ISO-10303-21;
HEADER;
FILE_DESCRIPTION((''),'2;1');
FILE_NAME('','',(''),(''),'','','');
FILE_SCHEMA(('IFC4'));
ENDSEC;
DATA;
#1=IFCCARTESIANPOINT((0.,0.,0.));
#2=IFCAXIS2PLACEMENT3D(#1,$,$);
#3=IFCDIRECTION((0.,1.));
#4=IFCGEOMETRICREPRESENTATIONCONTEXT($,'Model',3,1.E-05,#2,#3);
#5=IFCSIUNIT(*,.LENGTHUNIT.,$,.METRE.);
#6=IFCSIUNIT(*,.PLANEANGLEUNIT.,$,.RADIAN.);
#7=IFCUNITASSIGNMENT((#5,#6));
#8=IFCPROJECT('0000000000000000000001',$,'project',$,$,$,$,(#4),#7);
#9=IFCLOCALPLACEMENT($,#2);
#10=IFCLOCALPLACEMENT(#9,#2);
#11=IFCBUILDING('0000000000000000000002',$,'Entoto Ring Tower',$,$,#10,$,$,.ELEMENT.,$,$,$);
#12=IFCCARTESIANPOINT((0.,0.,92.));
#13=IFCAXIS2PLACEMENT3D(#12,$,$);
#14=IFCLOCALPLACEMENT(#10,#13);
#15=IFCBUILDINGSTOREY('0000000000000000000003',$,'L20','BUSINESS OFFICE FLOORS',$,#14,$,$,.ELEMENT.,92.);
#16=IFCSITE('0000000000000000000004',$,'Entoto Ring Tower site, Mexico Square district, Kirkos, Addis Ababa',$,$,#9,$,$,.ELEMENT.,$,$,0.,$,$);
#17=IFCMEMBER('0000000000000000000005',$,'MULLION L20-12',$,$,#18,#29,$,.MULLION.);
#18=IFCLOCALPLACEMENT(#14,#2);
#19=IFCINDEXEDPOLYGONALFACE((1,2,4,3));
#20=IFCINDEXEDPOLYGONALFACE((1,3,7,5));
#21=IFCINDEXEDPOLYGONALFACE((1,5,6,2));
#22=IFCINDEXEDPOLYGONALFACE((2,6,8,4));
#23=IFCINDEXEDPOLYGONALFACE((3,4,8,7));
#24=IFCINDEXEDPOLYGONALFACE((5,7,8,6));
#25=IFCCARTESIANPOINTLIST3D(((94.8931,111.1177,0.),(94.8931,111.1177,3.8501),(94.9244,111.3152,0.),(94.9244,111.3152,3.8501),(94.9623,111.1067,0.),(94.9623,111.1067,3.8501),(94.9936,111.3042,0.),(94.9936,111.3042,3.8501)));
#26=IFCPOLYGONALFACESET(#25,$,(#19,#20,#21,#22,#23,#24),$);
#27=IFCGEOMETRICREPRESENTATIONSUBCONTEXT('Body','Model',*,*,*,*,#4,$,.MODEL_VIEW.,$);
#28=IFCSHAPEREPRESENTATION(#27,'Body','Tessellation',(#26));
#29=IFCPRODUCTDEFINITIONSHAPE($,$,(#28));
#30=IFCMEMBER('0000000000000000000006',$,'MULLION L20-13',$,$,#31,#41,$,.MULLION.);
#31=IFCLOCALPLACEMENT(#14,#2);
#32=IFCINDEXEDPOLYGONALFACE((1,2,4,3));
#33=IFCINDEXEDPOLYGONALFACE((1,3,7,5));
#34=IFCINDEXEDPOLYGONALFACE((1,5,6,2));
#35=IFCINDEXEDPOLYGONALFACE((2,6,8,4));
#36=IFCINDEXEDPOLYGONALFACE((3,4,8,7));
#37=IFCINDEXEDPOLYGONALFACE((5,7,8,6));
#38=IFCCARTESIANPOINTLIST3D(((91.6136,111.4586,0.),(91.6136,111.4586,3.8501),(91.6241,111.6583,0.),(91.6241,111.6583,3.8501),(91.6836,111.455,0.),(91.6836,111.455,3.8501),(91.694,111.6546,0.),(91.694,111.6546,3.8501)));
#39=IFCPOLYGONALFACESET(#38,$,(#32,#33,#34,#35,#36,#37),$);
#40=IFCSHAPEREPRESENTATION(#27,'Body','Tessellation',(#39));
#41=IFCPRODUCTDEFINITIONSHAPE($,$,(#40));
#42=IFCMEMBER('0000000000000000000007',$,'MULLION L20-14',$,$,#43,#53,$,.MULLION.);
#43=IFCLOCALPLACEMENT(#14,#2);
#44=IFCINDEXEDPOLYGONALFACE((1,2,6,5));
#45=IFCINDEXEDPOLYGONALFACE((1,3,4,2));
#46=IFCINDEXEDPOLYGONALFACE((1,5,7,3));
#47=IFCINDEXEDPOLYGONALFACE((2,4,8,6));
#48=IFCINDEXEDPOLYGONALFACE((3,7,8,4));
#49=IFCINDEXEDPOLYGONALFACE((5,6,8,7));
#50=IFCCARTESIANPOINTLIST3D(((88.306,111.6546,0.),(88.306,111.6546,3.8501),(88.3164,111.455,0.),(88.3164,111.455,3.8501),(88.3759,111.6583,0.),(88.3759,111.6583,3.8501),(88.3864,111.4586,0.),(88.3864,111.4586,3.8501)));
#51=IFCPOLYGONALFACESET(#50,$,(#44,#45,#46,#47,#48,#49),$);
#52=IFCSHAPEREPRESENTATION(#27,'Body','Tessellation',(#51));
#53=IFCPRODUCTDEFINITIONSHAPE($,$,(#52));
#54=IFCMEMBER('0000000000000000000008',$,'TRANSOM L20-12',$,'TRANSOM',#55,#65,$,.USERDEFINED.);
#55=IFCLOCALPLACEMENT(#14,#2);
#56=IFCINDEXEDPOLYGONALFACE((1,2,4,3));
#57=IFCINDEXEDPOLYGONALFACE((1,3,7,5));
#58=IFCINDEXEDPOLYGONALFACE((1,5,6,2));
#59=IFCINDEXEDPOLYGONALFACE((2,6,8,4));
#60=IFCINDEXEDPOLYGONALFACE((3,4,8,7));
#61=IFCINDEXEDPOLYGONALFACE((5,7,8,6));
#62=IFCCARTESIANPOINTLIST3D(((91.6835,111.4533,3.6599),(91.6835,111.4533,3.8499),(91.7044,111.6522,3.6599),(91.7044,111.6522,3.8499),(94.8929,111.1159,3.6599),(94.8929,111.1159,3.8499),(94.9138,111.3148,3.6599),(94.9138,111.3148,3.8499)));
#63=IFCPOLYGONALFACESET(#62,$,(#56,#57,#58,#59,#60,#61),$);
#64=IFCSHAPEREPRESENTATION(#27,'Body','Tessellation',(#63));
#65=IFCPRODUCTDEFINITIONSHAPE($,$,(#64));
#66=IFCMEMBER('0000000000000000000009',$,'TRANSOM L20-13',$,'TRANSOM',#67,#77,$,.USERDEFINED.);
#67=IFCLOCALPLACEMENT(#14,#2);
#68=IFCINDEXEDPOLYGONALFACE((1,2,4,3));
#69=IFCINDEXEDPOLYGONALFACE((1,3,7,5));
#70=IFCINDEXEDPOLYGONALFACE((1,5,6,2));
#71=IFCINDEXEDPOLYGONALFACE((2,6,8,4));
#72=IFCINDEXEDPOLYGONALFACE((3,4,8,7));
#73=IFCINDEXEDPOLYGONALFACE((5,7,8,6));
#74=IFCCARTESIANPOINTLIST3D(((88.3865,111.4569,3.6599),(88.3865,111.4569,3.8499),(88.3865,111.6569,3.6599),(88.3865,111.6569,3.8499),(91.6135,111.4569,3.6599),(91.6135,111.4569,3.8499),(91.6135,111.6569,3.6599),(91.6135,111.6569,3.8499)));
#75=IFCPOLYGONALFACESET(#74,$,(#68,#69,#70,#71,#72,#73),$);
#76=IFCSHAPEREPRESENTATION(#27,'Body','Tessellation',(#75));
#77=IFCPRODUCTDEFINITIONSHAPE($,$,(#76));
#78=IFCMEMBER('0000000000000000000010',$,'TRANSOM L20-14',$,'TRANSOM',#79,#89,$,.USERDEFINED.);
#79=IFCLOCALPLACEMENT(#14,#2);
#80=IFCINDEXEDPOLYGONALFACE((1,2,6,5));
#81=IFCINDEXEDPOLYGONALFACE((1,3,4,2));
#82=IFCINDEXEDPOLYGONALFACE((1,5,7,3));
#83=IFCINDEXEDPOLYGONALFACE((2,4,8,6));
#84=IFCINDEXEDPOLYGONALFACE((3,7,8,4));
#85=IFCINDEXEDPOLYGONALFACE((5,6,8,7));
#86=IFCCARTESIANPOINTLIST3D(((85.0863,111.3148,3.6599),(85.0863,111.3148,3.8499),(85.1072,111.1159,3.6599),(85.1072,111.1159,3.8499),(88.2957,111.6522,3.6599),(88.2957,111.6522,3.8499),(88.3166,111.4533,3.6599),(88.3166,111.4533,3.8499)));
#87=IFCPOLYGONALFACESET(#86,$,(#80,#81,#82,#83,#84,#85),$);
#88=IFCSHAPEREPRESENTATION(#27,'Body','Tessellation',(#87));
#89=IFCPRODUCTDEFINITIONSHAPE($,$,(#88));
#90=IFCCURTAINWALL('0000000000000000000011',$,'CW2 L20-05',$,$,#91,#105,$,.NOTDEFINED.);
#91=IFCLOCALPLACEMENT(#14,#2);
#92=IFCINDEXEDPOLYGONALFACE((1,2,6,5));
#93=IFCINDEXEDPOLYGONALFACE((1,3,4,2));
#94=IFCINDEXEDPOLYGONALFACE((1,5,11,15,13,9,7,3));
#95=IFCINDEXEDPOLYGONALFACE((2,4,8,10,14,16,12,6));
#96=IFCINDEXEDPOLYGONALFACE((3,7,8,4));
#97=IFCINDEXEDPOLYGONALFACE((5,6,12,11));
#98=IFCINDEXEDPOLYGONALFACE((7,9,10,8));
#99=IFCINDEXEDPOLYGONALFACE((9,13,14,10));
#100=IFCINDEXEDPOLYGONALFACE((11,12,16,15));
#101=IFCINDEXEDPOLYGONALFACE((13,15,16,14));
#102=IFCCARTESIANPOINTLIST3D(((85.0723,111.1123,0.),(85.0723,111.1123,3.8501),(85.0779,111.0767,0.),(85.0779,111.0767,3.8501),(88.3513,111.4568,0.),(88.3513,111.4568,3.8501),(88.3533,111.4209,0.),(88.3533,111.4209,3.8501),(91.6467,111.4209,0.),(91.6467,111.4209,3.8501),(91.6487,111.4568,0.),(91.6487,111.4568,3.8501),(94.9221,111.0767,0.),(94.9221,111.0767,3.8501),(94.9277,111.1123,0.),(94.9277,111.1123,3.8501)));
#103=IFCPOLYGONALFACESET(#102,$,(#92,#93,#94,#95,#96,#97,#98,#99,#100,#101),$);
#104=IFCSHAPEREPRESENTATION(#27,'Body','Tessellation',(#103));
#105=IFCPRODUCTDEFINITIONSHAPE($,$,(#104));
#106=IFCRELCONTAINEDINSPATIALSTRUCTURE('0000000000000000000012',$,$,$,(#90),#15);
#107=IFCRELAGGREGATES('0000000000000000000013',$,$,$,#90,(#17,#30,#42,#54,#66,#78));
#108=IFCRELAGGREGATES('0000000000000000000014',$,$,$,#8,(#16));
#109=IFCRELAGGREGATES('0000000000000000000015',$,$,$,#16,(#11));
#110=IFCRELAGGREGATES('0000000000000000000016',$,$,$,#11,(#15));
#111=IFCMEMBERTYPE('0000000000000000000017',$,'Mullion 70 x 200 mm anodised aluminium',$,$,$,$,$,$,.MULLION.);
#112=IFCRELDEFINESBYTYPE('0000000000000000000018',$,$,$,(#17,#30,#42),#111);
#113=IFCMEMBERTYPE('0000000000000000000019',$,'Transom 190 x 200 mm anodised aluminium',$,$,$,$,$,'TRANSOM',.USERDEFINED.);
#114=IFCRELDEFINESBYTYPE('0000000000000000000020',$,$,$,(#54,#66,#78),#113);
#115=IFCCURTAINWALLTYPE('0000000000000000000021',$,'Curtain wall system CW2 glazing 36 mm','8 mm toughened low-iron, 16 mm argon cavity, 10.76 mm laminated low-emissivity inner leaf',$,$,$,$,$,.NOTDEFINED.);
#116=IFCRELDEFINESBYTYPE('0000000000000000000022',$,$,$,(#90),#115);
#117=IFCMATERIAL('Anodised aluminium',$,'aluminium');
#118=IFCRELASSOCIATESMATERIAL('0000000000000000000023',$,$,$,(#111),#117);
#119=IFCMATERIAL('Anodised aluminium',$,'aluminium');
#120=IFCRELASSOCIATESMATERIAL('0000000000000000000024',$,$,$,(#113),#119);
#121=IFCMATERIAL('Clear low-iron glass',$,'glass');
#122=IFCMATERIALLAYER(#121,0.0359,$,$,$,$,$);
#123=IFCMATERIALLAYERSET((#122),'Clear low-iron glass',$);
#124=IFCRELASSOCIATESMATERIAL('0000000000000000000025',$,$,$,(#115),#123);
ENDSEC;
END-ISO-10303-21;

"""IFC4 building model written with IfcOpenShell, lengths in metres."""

from ifc_helpers import new_model, si_unit, direction, frame, origin, origin_2d, place, context, subcontext, project, spatial, polyline, rectangle, outline, extrude, material, layer, layer_set, material_profile, profile_set, type_object, element, aggregate, save


model = new_model("IFC4")

# Units and contexts
model_context = context("Model", 3, precision=1e-05, world=origin(), true_north=direction((0.0, 1.0)))
body_context = subcontext(model_context, "Body", "Model", "MODEL_VIEW")
ifc_project = project(units=[si_unit("LENGTHUNIT", "METRE"), si_unit("PLANEANGLEUNIT", "RADIAN")], contexts=[model_context])

# Members
ifc_material_1 = material(Name="Anodised aluminium", Category="aluminium")
ifc_material_profile_1 = material_profile(ifc_material_1, rectangle(XDim=0.0701, YDim=0.2, at=origin_2d()), Name="Mullion 70 x 200 mm anodised aluminium")
ifc_profile_set_1 = profile_set([ifc_material_profile_1], Name="Anodised aluminium")
member_type_1 = type_object("IfcMemberType", Name="Mullion 70 x 200 mm anodised aluminium", PredefinedType="MULLION", material=ifc_profile_set_1)
site_placement = place(None, origin())
building_placement = place(site_placement, origin())
storey_placement = place(building_placement, frame((0.0, 0.0, 92.0)))
member_1_placement = place(storey_placement, frame((94.9434, 111.2109, 0.0), z_axis=(0.0, 0.0, 1.0), x_axis=(-0.987688, 0.156434, 0.0)))
member_1 = element("IfcMember", 1, at=member_1_placement, type_object=member_type_1, Name="MULLION L20-12", PredefinedType="MULLION", context=body_context, shape_type="SweptSolid", body=[
    extrude(rectangle(XDim=0.0701, YDim=0.2, at=origin_2d()), origin(), (0.0, 0.0, 1.0), 3.8501),
])
member_2_placement = place(storey_placement, frame((91.6538, 111.5566, 0.0), z_axis=(0.0, 0.0, 1.0), x_axis=(-0.99863, 0.052336, 0.0)))
member_2 = element("IfcMember", 2, at=member_2_placement, type_object=member_type_1, Name="MULLION L20-13", PredefinedType="MULLION", context=body_context, shape_type="SweptSolid", body=[
    extrude(rectangle(XDim=0.0701, YDim=0.2, at=origin_2d()), origin(), (0.0, 0.0, 1.0), 3.8501),
])
member_3_placement = place(storey_placement, frame((88.3462, 111.5566, 0.0), z_axis=(0.0, 0.0, 1.0), x_axis=(-0.99863, -0.052336, 0.0)))
member_3 = element("IfcMember", 3, at=member_3_placement, type_object=member_type_1, Name="MULLION L20-14", PredefinedType="MULLION", context=body_context, shape_type="SweptSolid", body=[
    extrude(rectangle(XDim=0.0701, YDim=0.2, at=origin_2d()), origin(), (0.0, 0.0, 1.0), 3.8501),
])
ifc_material_2 = material(Name="Anodised aluminium", Category="aluminium")
ifc_material_profile_2 = material_profile(ifc_material_2, rectangle(XDim=0.2, YDim=0.1899, at=origin_2d()), Name="Transom 190 x 200 mm anodised aluminium")
ifc_profile_set_2 = profile_set([ifc_material_profile_2], Name="Anodised aluminium")
member_type_2 = type_object("IfcMemberType", Name="Transom 190 x 200 mm anodised aluminium", ElementType="TRANSOM", PredefinedType="USERDEFINED", material=ifc_profile_set_2)
member_4_placement = place(storey_placement, frame((94.9033, 111.2153, 3.7549), z_axis=(-0.99452, 0.104551, 0.0), x_axis=(-0.104551, -0.99452, 0.0)))
member_4 = element("IfcMember", 4, at=member_4_placement, type_object=member_type_2, Name="TRANSOM L20-12", ObjectType="TRANSOM", PredefinedType="USERDEFINED", context=body_context, shape_type="SweptSolid", body=[
    extrude(rectangle(XDim=0.2, YDim=0.1899, at=origin_2d()), origin(), (0.0, 0.0, 1.0), 3.2271),
])
member_5_placement = place(storey_placement, frame((91.6135, 111.5569, 3.7549), z_axis=(-1.0, 0.0, 0.0), x_axis=(0.0, -1.0, 0.0)))
member_5 = element("IfcMember", 5, at=member_5_placement, type_object=member_type_2, Name="TRANSOM L20-13", ObjectType="TRANSOM", PredefinedType="USERDEFINED", context=body_context, shape_type="SweptSolid", body=[
    extrude(rectangle(XDim=0.2, YDim=0.1899, at=origin_2d()), origin(), (0.0, 0.0, 1.0), 3.2271),
])
member_6_placement = place(storey_placement, frame((88.3062, 111.5527, 3.7549), z_axis=(-0.99452, -0.104551, 0.0), x_axis=(0.104551, -0.99452, 0.0)))
member_6 = element("IfcMember", 6, at=member_6_placement, type_object=member_type_2, Name="TRANSOM L20-14", ObjectType="TRANSOM", PredefinedType="USERDEFINED", context=body_context, shape_type="SweptSolid", body=[
    extrude(rectangle(XDim=0.2, YDim=0.1899, at=origin_2d()), origin(), (0.0, 0.0, 1.0), 3.2271),
])

# Site, building, storey
site = spatial("IfcSite", under=ifc_project, at=site_placement, Name="Entoto Ring Tower site, Mexico Square district, Kirkos, Addis Ababa", CompositionType="ELEMENT", RefElevation=0.0)
building = spatial("IfcBuilding", under=site, at=building_placement, Name="Entoto Ring Tower", CompositionType="ELEMENT")
storey = spatial("IfcBuildingStorey", under=building, at=storey_placement, Name="L20", Description="BUSINESS OFFICE FLOORS", CompositionType="ELEMENT", Elevation=92.0)

# Curtain wall
ifc_material_3 = material(Name="Clear low-iron glass", Category="glass")
ifc_layer = layer(ifc_material_3, 0.0359)
ifc_layer_set = layer_set([ifc_layer], Name="Clear low-iron glass")
curtain_wall_type = type_object("IfcCurtainWallType", Name="Curtain wall system CW2 glazing 36 mm", Description="8 mm toughened low-iron, 16 mm argon cavity, 10.76 mm laminated low-emissivity inner leaf", PredefinedType="NOTDEFINED", material=ifc_layer_set)
curtain_wall_1_placement = place(storey_placement, origin())
curtain_wall_1 = element("IfcCurtainWall", 7, at=curtain_wall_1_placement, inside=storey, type_object=curtain_wall_type, Name="CW2 L20-05", PredefinedType="NOTDEFINED", context=body_context, shape_type="SweptSolid", body=[
    extrude(outline(polyline([(94.9277, 111.1123), (91.6487, 111.4568), (88.3513, 111.4568), (85.0723, 111.1123), (85.0779, 111.0767), (88.3533, 111.4209), (91.6467, 111.4209), (94.9221, 111.0767), (94.9277, 111.1123)])), origin(), (0.0, 0.0, 1.0), 3.8501),
])
aggregate(curtain_wall_1, [member_1, member_2, member_3, member_4, member_5, member_6])

save(model, "model.ifc")
